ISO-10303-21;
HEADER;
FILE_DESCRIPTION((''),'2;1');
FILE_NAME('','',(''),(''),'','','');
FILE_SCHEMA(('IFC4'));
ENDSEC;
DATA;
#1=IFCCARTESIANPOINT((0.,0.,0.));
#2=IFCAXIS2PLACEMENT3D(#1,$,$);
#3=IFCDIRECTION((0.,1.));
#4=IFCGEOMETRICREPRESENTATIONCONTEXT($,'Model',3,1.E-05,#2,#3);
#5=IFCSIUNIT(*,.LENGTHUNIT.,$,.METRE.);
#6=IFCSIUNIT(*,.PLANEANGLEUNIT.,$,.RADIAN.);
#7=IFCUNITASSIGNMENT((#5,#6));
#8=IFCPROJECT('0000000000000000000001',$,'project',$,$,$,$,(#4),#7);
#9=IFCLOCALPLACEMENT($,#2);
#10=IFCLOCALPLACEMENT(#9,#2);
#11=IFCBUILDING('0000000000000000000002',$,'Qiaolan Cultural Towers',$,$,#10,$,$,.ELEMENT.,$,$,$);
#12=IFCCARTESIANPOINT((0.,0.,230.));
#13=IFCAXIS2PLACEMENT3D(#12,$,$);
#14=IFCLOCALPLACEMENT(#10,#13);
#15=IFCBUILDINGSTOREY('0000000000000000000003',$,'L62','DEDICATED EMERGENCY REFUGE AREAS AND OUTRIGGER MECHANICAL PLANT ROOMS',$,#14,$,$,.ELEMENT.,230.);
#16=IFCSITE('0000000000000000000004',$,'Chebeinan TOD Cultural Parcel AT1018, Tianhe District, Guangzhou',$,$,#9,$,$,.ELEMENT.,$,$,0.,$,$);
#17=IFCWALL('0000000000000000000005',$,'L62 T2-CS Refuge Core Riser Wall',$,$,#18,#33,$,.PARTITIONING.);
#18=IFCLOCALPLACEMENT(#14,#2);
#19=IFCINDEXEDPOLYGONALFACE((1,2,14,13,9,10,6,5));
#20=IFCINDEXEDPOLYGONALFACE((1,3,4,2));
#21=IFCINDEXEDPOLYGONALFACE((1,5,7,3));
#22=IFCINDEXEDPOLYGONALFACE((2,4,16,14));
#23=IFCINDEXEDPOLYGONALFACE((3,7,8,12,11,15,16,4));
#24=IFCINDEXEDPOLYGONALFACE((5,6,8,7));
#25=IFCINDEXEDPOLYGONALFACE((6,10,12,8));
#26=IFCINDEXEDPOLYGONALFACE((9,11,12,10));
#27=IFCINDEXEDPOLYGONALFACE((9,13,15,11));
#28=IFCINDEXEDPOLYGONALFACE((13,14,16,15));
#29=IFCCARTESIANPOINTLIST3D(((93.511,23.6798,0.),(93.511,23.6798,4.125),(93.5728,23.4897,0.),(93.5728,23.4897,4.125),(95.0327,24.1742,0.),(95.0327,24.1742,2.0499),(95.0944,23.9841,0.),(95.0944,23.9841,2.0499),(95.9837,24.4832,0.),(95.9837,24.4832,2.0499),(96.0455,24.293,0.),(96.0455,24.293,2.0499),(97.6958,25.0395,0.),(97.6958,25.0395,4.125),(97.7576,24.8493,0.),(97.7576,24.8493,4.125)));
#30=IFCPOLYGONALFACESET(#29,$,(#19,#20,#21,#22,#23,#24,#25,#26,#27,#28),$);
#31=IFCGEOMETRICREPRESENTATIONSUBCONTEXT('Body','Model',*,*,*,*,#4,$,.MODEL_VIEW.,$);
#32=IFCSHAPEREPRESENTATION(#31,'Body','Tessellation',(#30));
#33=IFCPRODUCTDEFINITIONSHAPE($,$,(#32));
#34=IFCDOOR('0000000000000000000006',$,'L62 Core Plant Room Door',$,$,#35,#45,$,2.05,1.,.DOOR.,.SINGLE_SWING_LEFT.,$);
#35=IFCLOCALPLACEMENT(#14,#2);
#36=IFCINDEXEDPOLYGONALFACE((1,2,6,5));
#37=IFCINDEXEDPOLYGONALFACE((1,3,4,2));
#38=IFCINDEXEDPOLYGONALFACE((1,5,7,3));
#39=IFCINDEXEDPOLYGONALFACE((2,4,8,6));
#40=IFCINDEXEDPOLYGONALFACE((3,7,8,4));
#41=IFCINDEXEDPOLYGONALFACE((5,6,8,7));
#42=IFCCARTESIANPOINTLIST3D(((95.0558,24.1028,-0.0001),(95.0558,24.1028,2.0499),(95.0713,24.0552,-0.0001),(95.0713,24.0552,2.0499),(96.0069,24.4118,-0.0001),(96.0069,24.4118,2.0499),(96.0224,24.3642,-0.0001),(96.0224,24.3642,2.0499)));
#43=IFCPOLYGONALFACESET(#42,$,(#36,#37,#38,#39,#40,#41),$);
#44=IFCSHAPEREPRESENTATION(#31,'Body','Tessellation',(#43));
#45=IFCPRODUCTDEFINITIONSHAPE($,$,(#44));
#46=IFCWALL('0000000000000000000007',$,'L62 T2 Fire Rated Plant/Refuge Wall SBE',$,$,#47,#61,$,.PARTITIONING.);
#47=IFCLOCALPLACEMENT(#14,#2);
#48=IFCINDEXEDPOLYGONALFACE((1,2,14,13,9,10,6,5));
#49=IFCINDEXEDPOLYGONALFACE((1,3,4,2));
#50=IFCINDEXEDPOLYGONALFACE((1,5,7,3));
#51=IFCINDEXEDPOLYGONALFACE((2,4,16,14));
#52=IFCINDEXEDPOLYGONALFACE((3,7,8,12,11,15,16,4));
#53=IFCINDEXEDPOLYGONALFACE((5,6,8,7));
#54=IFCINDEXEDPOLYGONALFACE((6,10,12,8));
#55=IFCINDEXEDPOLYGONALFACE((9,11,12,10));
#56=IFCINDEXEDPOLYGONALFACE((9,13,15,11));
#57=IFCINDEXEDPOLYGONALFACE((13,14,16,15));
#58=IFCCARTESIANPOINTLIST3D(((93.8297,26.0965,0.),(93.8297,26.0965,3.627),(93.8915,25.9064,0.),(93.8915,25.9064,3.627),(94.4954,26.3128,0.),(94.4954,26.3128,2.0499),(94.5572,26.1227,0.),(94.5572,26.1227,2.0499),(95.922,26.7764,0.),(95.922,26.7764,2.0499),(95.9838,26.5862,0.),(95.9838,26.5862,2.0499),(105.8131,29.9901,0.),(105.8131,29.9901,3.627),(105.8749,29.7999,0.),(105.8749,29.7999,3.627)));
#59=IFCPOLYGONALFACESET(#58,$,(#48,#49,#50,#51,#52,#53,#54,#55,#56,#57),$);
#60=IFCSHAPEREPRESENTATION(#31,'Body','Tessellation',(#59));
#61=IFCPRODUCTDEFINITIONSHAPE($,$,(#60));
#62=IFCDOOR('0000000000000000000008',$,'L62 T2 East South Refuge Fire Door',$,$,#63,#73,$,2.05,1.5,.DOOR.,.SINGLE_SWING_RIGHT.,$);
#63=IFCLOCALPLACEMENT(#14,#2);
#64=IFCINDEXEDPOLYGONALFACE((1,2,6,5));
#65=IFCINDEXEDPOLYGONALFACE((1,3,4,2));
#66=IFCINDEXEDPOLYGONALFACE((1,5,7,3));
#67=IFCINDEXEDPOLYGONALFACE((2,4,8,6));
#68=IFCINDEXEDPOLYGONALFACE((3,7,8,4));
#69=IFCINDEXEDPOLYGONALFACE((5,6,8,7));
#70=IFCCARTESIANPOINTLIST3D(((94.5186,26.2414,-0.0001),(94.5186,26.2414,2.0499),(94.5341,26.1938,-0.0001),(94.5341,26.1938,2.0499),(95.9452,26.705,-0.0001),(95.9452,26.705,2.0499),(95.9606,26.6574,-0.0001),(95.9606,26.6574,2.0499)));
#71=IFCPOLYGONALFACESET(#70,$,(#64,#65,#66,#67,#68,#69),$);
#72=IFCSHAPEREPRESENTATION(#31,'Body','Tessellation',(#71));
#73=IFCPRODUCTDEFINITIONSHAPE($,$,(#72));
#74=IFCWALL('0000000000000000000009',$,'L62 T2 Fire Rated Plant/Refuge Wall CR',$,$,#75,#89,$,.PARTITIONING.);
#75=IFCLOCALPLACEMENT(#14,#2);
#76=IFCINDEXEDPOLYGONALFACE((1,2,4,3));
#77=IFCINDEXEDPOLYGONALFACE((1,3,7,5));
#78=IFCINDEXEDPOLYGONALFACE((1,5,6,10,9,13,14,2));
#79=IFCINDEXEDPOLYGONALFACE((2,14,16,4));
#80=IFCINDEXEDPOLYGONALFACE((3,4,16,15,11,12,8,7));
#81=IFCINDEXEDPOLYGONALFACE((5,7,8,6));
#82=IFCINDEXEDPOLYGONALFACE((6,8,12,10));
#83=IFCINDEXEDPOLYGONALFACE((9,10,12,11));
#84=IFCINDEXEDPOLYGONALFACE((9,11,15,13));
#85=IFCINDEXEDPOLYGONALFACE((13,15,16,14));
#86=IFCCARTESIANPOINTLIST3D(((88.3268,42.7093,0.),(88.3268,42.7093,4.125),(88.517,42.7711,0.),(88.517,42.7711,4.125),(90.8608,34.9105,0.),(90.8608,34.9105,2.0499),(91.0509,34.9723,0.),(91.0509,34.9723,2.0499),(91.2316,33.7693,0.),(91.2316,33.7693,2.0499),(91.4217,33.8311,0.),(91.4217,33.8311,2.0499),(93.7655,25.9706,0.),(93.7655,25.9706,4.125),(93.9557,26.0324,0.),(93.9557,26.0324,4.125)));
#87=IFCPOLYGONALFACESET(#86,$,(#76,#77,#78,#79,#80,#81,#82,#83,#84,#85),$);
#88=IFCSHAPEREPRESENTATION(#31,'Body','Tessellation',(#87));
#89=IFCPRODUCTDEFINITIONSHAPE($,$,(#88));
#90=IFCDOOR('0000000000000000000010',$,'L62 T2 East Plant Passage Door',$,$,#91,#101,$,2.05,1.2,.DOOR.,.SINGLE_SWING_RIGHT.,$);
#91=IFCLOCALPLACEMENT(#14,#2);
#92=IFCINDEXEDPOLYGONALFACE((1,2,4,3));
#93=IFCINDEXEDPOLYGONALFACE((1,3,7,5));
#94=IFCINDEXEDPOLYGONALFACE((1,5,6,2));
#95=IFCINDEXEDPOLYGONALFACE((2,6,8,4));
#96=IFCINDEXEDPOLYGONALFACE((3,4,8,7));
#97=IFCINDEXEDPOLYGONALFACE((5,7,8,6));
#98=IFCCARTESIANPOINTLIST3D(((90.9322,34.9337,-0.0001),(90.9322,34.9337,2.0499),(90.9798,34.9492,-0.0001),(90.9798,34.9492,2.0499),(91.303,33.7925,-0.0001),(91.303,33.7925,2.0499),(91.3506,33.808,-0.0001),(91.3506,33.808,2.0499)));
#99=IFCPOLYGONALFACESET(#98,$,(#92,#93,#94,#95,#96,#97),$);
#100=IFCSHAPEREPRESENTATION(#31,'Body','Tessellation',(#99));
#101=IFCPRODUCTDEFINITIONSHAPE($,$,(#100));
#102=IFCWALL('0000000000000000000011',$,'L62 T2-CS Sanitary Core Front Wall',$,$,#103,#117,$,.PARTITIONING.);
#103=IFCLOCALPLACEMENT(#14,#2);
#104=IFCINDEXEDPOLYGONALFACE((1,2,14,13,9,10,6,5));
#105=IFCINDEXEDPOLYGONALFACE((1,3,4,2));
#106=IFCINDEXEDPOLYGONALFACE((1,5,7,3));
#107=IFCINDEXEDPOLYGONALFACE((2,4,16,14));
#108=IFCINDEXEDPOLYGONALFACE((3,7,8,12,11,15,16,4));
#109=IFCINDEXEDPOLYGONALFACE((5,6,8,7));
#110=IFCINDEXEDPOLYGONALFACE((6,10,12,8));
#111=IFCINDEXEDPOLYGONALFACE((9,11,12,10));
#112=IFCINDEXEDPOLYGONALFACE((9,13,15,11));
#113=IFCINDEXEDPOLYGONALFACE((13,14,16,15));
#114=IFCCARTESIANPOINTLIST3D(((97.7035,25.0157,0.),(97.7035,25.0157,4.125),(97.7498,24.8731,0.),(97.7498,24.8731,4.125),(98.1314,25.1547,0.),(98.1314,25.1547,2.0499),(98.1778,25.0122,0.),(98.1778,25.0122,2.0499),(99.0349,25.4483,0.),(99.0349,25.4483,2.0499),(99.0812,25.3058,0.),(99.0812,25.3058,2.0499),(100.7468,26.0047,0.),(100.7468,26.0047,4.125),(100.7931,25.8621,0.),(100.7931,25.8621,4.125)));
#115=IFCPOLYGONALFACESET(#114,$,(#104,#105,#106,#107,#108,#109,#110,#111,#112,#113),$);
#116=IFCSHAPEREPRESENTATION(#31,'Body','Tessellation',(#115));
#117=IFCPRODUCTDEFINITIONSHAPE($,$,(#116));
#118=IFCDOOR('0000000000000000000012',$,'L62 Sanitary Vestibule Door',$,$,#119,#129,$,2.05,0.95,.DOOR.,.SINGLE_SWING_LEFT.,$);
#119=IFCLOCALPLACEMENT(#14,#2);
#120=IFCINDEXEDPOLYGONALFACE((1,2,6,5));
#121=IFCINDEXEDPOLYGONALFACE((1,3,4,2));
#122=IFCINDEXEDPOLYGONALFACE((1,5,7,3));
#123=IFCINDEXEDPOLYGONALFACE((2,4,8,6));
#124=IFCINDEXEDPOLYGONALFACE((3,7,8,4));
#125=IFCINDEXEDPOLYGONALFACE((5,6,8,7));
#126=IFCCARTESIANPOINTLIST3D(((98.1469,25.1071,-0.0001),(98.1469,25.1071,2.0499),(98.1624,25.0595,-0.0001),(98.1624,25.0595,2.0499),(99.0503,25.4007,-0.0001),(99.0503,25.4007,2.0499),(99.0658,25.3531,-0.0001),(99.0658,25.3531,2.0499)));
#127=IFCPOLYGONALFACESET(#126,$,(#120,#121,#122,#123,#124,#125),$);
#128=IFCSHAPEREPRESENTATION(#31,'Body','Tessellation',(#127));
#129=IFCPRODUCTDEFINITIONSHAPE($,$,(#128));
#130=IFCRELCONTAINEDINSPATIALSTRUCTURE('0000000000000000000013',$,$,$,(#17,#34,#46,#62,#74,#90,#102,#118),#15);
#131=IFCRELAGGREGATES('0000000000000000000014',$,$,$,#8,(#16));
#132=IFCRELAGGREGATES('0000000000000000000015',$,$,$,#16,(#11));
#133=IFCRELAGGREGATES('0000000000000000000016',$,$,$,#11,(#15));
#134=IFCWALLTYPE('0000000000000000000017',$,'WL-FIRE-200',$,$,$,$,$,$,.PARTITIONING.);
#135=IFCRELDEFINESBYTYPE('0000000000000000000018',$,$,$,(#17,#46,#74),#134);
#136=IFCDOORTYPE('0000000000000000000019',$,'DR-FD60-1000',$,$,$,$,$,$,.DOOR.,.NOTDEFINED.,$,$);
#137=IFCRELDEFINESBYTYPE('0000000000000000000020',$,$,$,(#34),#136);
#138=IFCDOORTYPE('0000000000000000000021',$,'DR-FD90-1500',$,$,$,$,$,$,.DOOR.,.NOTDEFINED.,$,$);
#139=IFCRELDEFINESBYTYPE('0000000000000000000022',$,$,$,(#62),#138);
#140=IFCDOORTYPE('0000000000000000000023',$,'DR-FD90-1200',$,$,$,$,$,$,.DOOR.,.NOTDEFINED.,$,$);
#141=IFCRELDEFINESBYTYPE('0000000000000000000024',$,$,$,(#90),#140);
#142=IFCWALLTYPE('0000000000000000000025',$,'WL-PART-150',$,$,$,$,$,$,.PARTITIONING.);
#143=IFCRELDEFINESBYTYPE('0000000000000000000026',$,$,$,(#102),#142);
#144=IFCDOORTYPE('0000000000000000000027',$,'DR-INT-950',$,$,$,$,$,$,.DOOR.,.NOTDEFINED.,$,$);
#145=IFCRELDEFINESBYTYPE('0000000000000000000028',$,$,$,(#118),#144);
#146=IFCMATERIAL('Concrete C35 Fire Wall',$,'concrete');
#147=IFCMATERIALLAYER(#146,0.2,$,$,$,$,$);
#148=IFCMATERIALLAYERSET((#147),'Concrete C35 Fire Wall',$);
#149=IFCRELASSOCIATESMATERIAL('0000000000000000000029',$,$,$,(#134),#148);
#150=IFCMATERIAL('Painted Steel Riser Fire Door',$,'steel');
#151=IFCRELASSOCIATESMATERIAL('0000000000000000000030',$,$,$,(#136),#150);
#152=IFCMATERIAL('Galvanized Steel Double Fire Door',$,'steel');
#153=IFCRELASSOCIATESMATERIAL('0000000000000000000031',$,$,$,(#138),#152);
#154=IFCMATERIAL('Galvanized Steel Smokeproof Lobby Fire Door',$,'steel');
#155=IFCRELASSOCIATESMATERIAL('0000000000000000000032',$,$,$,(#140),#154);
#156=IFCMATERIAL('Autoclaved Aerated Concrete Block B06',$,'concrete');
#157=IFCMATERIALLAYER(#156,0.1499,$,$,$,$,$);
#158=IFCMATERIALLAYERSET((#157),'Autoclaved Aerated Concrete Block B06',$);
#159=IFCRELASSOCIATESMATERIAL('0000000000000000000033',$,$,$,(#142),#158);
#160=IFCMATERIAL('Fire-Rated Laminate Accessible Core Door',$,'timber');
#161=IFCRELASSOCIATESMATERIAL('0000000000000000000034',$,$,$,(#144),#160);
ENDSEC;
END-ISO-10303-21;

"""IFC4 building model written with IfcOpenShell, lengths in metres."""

from ifc_helpers import new_model, si_unit, direction, frame, frame_2d, origin, place, context, subcontext, project, spatial, rectangle, extrude, material, layer, layer_set, type_object, element, fill, save


model = new_model("IFC4")

# Units and contexts
model_context = context("Model", 3, precision=1e-05, world=origin(), true_north=direction((0.0, 1.0)))
body_context = subcontext(model_context, "Body", "Model", "MODEL_VIEW")
ifc_project = project(units=[si_unit("LENGTHUNIT", "METRE"), si_unit("PLANEANGLEUNIT", "RADIAN")], contexts=[model_context])

# Site, building, storey
site_placement = place(None, origin())
site = spatial("IfcSite", under=ifc_project, at=site_placement, Name="Chebeinan TOD Cultural Parcel AT1018, Tianhe District, Guangzhou", CompositionType="ELEMENT", RefElevation=0.0)
building_placement = place(site_placement, origin())
building = spatial("IfcBuilding", under=site, at=building_placement, Name="Qiaolan Cultural Towers", CompositionType="ELEMENT")
storey_placement = place(building_placement, frame((0.0, 0.0, 230.0)))
storey = spatial("IfcBuildingStorey", under=building, at=storey_placement, Name="L62", Description="DEDICATED EMERGENCY REFUGE AREAS AND OUTRIGGER MECHANICAL PLANT ROOMS", CompositionType="ELEMENT", Elevation=230.0)

# Shared definitions
ifc_material_1 = material(Name="Concrete C35 Fire Wall", Category="concrete")
ifc_layer_1 = layer(ifc_material_1, 0.2)
ifc_layer_set_1 = layer_set([ifc_layer_1], Name="Concrete C35 Fire Wall")
wall_type_1 = type_object("IfcWallType", Name="WL-FIRE-200", PredefinedType="PARTITIONING", material=ifc_layer_set_1)

# Walls, openings, doors
wall_1_placement = place(storey_placement, frame((93.5417, 23.5847, 0.0), z_axis=(0.0, 0.0, 1.0), x_axis=(0.951064, 0.308994, 0.0)))
wall_1 = element("IfcWall", 1, at=wall_1_placement, inside=storey, type_object=wall_type_1, Name="L62 T2-CS Refuge Core Riser Wall", PredefinedType="PARTITIONING", context=body_context, shape_type="SweptSolid", body=[
    extrude(rectangle(XDim=4.4001, YDim=0.2, at=frame_2d((2.2002, 0.0))), origin(), (0.0, 0.0, 1.0), 4.125),
])
opening_1_placement = place(wall_1_placement, frame((1.6001, 0.0, 0.0)))
opening_1 = element("IfcOpeningElement", 2, at=opening_1_placement, cuts=wall_1, PredefinedType="OPENING", context=body_context, shape_type="SweptSolid", body=[
    extrude(rectangle(XDim=1.0, YDim=2.05, at=frame_2d((0.5, 1.0249))), frame((0.0, 0.1099, 0.0), z_axis=(0.0, -1.0, 0.0), x_axis=(1.0, 0.0, 0.0)), (0.0, 0.0, 1.0), 0.22),
])
ifc_material_2 = material(Name="Painted Steel Riser Fire Door", Category="steel")
door_type_1 = type_object("IfcDoorType", Name="DR-FD60-1000", OperationType="NOTDEFINED", PredefinedType="DOOR", material=ifc_material_2)
door_1_placement = place(opening_1_placement, origin())
door_1 = element("IfcDoor", 3, at=door_1_placement, inside=storey, type_object=door_type_1, Name="L62 Core Plant Room Door", OperationType="SINGLE_SWING_LEFT", OverallHeight=2.05, OverallWidth=1.0, PredefinedType="DOOR", context=body_context, shape_type="SweptSolid", body=[
    extrude(rectangle(XDim=1.0, YDim=2.05, at=frame_2d((0.5, 1.0249))), frame((0.0, 0.0249, 0.0), z_axis=(0.0, -1.0, 0.0), x_axis=(1.0, 0.0, 0.0)), (0.0, 0.0, 1.0), 0.05),
])
fill(opening_1, door_1)
wall_2_placement = place(storey_placement, frame((93.8606, 26.0015, 0.0), z_axis=(0.0, 0.0, 1.0), x_axis=(0.951059, 0.309011, 0.0)))
wall_2 = element("IfcWall", 4, at=wall_2_placement, inside=storey, type_object=wall_type_1, Name="L62 T2 Fire Rated Plant/Refuge Wall SBE", PredefinedType="PARTITIONING", context=body_context, shape_type="SweptSolid", body=[
    extrude(rectangle(XDim=12.6001, YDim=0.2, at=frame_2d((6.3, 0.0))), origin(), (0.0, 0.0, 1.0), 3.627),
])
opening_2_placement = place(wall_2_placement, frame((0.7, 0.0, 0.0)))
opening_2 = element("IfcOpeningElement", 5, at=opening_2_placement, cuts=wall_2, PredefinedType="OPENING", context=body_context, shape_type="SweptSolid", body=[
    extrude(rectangle(XDim=1.5, YDim=2.05, at=frame_2d((0.75, 1.0249))), frame((0.0, 0.1099, 0.0), z_axis=(0.0, -1.0, 0.0), x_axis=(1.0, 0.0, 0.0)), (0.0, 0.0, 1.0), 0.22),
])
ifc_material_3 = material(Name="Galvanized Steel Double Fire Door", Category="steel")
door_type_2 = type_object("IfcDoorType", Name="DR-FD90-1500", OperationType="NOTDEFINED", PredefinedType="DOOR", material=ifc_material_3)
door_2_placement = place(opening_2_placement, origin())
door_2 = element("IfcDoor", 6, at=door_2_placement, inside=storey, type_object=door_type_2, Name="L62 T2 East South Refuge Fire Door", OperationType="SINGLE_SWING_RIGHT", OverallHeight=2.05, OverallWidth=1.5, PredefinedType="DOOR", context=body_context, shape_type="SweptSolid", body=[
    extrude(rectangle(XDim=1.5, YDim=2.05, at=frame_2d((0.75, 1.0249))), frame((0.0, 0.0249, 0.0), z_axis=(0.0, -1.0, 0.0), x_axis=(1.0, 0.0, 0.0)), (0.0, 0.0, 1.0), 0.05),
])
fill(opening_2, door_2)
wall_3_placement = place(storey_placement, frame((93.8606, 26.0015, 0.0), z_axis=(0.0, 0.0, 1.0), x_axis=(-0.309015, 0.951057, 0.0)))
wall_3 = element("IfcWall", 7, at=wall_3_placement, inside=storey, type_object=wall_type_1, Name="L62 T2 Fire Rated Plant/Refuge Wall CR", PredefinedType="PARTITIONING", context=body_context, shape_type="SweptSolid", body=[
    extrude(rectangle(XDim=17.6001, YDim=0.2, at=frame_2d((8.8, 0.0))), origin(), (0.0, 0.0, 1.0), 4.125),
])
opening_3_placement = place(wall_3_placement, frame((8.2, 0.0, 0.0)))
opening_3 = element("IfcOpeningElement", 8, at=opening_3_placement, cuts=wall_3, PredefinedType="OPENING", context=body_context, shape_type="SweptSolid", body=[
    extrude(rectangle(XDim=1.2, YDim=2.05, at=frame_2d((0.6001, 1.0249))), frame((0.0, 0.1099, 0.0), z_axis=(0.0, -1.0, 0.0), x_axis=(1.0, 0.0, 0.0)), (0.0, 0.0, 1.0), 0.22),
])
ifc_material_4 = material(Name="Galvanized Steel Smokeproof Lobby Fire Door", Category="steel")
door_type_3 = type_object("IfcDoorType", Name="DR-FD90-1200", OperationType="NOTDEFINED", PredefinedType="DOOR", material=ifc_material_4)
door_3_placement = place(opening_3_placement, origin())
door_3 = element("IfcDoor", 9, at=door_3_placement, inside=storey, type_object=door_type_3, Name="L62 T2 East Plant Passage Door", OperationType="SINGLE_SWING_RIGHT", OverallHeight=2.05, OverallWidth=1.2, PredefinedType="DOOR", context=body_context, shape_type="SweptSolid", body=[
    extrude(rectangle(XDim=1.2, YDim=2.05, at=frame_2d((0.6001, 1.0249))), frame((0.0, 0.0249, 0.0), z_axis=(0.0, -1.0, 0.0), x_axis=(1.0, 0.0, 0.0)), (0.0, 0.0, 1.0), 0.05),
])
fill(opening_3, door_3)
ifc_material_5 = material(Name="Autoclaved Aerated Concrete Block B06", Category="concrete")
ifc_layer_2 = layer(ifc_material_5, 0.1499)
ifc_layer_set_2 = layer_set([ifc_layer_2], Name="Autoclaved Aerated Concrete Block B06")
wall_type_2 = type_object("IfcWallType", Name="WL-PART-150", PredefinedType="PARTITIONING", material=ifc_layer_set_2)
wall_4_placement = place(storey_placement, frame((97.7266, 24.9443, 0.0), z_axis=(0.0, 0.0, 1.0), x_axis=(0.951037, 0.309077, 0.0)))
wall_4 = element("IfcWall", 10, at=wall_4_placement, inside=storey, type_object=wall_type_2, Name="L62 T2-CS Sanitary Core Front Wall", PredefinedType="PARTITIONING", context=body_context, shape_type="SweptSolid", body=[
    extrude(rectangle(XDim=3.2, YDim=0.1499, at=frame_2d((1.6001, 0.0))), origin(), (0.0, 0.0, 1.0), 4.125),
])
opening_4_placement = place(wall_4_placement, frame((0.45, 0.0, 0.0)))
opening_4 = element("IfcOpeningElement", 11, at=opening_4_placement, cuts=wall_4, PredefinedType="OPENING", context=body_context, shape_type="SweptSolid", body=[
    extrude(rectangle(XDim=0.95, YDim=2.05, at=frame_2d((0.4751, 1.0249))), frame((0.0, 0.085, 0.0), z_axis=(0.0, -1.0, 0.0), x_axis=(1.0, 0.0, 0.0)), (0.0, 0.0, 1.0), 0.1699),
])
ifc_material_6 = material(Name="Fire-Rated Laminate Accessible Core Door", Category="timber")
door_type_4 = type_object("IfcDoorType", Name="DR-INT-950", OperationType="NOTDEFINED", PredefinedType="DOOR", material=ifc_material_6)
door_4_placement = place(opening_4_placement, origin())
door_4 = element("IfcDoor", 12, at=door_4_placement, inside=storey, type_object=door_type_4, Name="L62 Sanitary Vestibule Door", OperationType="SINGLE_SWING_LEFT", OverallHeight=2.05, OverallWidth=0.95, PredefinedType="DOOR", context=body_context, shape_type="SweptSolid", body=[
    extrude(rectangle(XDim=0.95, YDim=2.05, at=frame_2d((0.4751, 1.0249))), frame((0.0, 0.0249, 0.0), z_axis=(0.0, -1.0, 0.0), x_axis=(1.0, 0.0, 0.0)), (0.0, 0.0, 1.0), 0.05),
])
fill(opening_4, door_4)

save(model, "model.ifc")
